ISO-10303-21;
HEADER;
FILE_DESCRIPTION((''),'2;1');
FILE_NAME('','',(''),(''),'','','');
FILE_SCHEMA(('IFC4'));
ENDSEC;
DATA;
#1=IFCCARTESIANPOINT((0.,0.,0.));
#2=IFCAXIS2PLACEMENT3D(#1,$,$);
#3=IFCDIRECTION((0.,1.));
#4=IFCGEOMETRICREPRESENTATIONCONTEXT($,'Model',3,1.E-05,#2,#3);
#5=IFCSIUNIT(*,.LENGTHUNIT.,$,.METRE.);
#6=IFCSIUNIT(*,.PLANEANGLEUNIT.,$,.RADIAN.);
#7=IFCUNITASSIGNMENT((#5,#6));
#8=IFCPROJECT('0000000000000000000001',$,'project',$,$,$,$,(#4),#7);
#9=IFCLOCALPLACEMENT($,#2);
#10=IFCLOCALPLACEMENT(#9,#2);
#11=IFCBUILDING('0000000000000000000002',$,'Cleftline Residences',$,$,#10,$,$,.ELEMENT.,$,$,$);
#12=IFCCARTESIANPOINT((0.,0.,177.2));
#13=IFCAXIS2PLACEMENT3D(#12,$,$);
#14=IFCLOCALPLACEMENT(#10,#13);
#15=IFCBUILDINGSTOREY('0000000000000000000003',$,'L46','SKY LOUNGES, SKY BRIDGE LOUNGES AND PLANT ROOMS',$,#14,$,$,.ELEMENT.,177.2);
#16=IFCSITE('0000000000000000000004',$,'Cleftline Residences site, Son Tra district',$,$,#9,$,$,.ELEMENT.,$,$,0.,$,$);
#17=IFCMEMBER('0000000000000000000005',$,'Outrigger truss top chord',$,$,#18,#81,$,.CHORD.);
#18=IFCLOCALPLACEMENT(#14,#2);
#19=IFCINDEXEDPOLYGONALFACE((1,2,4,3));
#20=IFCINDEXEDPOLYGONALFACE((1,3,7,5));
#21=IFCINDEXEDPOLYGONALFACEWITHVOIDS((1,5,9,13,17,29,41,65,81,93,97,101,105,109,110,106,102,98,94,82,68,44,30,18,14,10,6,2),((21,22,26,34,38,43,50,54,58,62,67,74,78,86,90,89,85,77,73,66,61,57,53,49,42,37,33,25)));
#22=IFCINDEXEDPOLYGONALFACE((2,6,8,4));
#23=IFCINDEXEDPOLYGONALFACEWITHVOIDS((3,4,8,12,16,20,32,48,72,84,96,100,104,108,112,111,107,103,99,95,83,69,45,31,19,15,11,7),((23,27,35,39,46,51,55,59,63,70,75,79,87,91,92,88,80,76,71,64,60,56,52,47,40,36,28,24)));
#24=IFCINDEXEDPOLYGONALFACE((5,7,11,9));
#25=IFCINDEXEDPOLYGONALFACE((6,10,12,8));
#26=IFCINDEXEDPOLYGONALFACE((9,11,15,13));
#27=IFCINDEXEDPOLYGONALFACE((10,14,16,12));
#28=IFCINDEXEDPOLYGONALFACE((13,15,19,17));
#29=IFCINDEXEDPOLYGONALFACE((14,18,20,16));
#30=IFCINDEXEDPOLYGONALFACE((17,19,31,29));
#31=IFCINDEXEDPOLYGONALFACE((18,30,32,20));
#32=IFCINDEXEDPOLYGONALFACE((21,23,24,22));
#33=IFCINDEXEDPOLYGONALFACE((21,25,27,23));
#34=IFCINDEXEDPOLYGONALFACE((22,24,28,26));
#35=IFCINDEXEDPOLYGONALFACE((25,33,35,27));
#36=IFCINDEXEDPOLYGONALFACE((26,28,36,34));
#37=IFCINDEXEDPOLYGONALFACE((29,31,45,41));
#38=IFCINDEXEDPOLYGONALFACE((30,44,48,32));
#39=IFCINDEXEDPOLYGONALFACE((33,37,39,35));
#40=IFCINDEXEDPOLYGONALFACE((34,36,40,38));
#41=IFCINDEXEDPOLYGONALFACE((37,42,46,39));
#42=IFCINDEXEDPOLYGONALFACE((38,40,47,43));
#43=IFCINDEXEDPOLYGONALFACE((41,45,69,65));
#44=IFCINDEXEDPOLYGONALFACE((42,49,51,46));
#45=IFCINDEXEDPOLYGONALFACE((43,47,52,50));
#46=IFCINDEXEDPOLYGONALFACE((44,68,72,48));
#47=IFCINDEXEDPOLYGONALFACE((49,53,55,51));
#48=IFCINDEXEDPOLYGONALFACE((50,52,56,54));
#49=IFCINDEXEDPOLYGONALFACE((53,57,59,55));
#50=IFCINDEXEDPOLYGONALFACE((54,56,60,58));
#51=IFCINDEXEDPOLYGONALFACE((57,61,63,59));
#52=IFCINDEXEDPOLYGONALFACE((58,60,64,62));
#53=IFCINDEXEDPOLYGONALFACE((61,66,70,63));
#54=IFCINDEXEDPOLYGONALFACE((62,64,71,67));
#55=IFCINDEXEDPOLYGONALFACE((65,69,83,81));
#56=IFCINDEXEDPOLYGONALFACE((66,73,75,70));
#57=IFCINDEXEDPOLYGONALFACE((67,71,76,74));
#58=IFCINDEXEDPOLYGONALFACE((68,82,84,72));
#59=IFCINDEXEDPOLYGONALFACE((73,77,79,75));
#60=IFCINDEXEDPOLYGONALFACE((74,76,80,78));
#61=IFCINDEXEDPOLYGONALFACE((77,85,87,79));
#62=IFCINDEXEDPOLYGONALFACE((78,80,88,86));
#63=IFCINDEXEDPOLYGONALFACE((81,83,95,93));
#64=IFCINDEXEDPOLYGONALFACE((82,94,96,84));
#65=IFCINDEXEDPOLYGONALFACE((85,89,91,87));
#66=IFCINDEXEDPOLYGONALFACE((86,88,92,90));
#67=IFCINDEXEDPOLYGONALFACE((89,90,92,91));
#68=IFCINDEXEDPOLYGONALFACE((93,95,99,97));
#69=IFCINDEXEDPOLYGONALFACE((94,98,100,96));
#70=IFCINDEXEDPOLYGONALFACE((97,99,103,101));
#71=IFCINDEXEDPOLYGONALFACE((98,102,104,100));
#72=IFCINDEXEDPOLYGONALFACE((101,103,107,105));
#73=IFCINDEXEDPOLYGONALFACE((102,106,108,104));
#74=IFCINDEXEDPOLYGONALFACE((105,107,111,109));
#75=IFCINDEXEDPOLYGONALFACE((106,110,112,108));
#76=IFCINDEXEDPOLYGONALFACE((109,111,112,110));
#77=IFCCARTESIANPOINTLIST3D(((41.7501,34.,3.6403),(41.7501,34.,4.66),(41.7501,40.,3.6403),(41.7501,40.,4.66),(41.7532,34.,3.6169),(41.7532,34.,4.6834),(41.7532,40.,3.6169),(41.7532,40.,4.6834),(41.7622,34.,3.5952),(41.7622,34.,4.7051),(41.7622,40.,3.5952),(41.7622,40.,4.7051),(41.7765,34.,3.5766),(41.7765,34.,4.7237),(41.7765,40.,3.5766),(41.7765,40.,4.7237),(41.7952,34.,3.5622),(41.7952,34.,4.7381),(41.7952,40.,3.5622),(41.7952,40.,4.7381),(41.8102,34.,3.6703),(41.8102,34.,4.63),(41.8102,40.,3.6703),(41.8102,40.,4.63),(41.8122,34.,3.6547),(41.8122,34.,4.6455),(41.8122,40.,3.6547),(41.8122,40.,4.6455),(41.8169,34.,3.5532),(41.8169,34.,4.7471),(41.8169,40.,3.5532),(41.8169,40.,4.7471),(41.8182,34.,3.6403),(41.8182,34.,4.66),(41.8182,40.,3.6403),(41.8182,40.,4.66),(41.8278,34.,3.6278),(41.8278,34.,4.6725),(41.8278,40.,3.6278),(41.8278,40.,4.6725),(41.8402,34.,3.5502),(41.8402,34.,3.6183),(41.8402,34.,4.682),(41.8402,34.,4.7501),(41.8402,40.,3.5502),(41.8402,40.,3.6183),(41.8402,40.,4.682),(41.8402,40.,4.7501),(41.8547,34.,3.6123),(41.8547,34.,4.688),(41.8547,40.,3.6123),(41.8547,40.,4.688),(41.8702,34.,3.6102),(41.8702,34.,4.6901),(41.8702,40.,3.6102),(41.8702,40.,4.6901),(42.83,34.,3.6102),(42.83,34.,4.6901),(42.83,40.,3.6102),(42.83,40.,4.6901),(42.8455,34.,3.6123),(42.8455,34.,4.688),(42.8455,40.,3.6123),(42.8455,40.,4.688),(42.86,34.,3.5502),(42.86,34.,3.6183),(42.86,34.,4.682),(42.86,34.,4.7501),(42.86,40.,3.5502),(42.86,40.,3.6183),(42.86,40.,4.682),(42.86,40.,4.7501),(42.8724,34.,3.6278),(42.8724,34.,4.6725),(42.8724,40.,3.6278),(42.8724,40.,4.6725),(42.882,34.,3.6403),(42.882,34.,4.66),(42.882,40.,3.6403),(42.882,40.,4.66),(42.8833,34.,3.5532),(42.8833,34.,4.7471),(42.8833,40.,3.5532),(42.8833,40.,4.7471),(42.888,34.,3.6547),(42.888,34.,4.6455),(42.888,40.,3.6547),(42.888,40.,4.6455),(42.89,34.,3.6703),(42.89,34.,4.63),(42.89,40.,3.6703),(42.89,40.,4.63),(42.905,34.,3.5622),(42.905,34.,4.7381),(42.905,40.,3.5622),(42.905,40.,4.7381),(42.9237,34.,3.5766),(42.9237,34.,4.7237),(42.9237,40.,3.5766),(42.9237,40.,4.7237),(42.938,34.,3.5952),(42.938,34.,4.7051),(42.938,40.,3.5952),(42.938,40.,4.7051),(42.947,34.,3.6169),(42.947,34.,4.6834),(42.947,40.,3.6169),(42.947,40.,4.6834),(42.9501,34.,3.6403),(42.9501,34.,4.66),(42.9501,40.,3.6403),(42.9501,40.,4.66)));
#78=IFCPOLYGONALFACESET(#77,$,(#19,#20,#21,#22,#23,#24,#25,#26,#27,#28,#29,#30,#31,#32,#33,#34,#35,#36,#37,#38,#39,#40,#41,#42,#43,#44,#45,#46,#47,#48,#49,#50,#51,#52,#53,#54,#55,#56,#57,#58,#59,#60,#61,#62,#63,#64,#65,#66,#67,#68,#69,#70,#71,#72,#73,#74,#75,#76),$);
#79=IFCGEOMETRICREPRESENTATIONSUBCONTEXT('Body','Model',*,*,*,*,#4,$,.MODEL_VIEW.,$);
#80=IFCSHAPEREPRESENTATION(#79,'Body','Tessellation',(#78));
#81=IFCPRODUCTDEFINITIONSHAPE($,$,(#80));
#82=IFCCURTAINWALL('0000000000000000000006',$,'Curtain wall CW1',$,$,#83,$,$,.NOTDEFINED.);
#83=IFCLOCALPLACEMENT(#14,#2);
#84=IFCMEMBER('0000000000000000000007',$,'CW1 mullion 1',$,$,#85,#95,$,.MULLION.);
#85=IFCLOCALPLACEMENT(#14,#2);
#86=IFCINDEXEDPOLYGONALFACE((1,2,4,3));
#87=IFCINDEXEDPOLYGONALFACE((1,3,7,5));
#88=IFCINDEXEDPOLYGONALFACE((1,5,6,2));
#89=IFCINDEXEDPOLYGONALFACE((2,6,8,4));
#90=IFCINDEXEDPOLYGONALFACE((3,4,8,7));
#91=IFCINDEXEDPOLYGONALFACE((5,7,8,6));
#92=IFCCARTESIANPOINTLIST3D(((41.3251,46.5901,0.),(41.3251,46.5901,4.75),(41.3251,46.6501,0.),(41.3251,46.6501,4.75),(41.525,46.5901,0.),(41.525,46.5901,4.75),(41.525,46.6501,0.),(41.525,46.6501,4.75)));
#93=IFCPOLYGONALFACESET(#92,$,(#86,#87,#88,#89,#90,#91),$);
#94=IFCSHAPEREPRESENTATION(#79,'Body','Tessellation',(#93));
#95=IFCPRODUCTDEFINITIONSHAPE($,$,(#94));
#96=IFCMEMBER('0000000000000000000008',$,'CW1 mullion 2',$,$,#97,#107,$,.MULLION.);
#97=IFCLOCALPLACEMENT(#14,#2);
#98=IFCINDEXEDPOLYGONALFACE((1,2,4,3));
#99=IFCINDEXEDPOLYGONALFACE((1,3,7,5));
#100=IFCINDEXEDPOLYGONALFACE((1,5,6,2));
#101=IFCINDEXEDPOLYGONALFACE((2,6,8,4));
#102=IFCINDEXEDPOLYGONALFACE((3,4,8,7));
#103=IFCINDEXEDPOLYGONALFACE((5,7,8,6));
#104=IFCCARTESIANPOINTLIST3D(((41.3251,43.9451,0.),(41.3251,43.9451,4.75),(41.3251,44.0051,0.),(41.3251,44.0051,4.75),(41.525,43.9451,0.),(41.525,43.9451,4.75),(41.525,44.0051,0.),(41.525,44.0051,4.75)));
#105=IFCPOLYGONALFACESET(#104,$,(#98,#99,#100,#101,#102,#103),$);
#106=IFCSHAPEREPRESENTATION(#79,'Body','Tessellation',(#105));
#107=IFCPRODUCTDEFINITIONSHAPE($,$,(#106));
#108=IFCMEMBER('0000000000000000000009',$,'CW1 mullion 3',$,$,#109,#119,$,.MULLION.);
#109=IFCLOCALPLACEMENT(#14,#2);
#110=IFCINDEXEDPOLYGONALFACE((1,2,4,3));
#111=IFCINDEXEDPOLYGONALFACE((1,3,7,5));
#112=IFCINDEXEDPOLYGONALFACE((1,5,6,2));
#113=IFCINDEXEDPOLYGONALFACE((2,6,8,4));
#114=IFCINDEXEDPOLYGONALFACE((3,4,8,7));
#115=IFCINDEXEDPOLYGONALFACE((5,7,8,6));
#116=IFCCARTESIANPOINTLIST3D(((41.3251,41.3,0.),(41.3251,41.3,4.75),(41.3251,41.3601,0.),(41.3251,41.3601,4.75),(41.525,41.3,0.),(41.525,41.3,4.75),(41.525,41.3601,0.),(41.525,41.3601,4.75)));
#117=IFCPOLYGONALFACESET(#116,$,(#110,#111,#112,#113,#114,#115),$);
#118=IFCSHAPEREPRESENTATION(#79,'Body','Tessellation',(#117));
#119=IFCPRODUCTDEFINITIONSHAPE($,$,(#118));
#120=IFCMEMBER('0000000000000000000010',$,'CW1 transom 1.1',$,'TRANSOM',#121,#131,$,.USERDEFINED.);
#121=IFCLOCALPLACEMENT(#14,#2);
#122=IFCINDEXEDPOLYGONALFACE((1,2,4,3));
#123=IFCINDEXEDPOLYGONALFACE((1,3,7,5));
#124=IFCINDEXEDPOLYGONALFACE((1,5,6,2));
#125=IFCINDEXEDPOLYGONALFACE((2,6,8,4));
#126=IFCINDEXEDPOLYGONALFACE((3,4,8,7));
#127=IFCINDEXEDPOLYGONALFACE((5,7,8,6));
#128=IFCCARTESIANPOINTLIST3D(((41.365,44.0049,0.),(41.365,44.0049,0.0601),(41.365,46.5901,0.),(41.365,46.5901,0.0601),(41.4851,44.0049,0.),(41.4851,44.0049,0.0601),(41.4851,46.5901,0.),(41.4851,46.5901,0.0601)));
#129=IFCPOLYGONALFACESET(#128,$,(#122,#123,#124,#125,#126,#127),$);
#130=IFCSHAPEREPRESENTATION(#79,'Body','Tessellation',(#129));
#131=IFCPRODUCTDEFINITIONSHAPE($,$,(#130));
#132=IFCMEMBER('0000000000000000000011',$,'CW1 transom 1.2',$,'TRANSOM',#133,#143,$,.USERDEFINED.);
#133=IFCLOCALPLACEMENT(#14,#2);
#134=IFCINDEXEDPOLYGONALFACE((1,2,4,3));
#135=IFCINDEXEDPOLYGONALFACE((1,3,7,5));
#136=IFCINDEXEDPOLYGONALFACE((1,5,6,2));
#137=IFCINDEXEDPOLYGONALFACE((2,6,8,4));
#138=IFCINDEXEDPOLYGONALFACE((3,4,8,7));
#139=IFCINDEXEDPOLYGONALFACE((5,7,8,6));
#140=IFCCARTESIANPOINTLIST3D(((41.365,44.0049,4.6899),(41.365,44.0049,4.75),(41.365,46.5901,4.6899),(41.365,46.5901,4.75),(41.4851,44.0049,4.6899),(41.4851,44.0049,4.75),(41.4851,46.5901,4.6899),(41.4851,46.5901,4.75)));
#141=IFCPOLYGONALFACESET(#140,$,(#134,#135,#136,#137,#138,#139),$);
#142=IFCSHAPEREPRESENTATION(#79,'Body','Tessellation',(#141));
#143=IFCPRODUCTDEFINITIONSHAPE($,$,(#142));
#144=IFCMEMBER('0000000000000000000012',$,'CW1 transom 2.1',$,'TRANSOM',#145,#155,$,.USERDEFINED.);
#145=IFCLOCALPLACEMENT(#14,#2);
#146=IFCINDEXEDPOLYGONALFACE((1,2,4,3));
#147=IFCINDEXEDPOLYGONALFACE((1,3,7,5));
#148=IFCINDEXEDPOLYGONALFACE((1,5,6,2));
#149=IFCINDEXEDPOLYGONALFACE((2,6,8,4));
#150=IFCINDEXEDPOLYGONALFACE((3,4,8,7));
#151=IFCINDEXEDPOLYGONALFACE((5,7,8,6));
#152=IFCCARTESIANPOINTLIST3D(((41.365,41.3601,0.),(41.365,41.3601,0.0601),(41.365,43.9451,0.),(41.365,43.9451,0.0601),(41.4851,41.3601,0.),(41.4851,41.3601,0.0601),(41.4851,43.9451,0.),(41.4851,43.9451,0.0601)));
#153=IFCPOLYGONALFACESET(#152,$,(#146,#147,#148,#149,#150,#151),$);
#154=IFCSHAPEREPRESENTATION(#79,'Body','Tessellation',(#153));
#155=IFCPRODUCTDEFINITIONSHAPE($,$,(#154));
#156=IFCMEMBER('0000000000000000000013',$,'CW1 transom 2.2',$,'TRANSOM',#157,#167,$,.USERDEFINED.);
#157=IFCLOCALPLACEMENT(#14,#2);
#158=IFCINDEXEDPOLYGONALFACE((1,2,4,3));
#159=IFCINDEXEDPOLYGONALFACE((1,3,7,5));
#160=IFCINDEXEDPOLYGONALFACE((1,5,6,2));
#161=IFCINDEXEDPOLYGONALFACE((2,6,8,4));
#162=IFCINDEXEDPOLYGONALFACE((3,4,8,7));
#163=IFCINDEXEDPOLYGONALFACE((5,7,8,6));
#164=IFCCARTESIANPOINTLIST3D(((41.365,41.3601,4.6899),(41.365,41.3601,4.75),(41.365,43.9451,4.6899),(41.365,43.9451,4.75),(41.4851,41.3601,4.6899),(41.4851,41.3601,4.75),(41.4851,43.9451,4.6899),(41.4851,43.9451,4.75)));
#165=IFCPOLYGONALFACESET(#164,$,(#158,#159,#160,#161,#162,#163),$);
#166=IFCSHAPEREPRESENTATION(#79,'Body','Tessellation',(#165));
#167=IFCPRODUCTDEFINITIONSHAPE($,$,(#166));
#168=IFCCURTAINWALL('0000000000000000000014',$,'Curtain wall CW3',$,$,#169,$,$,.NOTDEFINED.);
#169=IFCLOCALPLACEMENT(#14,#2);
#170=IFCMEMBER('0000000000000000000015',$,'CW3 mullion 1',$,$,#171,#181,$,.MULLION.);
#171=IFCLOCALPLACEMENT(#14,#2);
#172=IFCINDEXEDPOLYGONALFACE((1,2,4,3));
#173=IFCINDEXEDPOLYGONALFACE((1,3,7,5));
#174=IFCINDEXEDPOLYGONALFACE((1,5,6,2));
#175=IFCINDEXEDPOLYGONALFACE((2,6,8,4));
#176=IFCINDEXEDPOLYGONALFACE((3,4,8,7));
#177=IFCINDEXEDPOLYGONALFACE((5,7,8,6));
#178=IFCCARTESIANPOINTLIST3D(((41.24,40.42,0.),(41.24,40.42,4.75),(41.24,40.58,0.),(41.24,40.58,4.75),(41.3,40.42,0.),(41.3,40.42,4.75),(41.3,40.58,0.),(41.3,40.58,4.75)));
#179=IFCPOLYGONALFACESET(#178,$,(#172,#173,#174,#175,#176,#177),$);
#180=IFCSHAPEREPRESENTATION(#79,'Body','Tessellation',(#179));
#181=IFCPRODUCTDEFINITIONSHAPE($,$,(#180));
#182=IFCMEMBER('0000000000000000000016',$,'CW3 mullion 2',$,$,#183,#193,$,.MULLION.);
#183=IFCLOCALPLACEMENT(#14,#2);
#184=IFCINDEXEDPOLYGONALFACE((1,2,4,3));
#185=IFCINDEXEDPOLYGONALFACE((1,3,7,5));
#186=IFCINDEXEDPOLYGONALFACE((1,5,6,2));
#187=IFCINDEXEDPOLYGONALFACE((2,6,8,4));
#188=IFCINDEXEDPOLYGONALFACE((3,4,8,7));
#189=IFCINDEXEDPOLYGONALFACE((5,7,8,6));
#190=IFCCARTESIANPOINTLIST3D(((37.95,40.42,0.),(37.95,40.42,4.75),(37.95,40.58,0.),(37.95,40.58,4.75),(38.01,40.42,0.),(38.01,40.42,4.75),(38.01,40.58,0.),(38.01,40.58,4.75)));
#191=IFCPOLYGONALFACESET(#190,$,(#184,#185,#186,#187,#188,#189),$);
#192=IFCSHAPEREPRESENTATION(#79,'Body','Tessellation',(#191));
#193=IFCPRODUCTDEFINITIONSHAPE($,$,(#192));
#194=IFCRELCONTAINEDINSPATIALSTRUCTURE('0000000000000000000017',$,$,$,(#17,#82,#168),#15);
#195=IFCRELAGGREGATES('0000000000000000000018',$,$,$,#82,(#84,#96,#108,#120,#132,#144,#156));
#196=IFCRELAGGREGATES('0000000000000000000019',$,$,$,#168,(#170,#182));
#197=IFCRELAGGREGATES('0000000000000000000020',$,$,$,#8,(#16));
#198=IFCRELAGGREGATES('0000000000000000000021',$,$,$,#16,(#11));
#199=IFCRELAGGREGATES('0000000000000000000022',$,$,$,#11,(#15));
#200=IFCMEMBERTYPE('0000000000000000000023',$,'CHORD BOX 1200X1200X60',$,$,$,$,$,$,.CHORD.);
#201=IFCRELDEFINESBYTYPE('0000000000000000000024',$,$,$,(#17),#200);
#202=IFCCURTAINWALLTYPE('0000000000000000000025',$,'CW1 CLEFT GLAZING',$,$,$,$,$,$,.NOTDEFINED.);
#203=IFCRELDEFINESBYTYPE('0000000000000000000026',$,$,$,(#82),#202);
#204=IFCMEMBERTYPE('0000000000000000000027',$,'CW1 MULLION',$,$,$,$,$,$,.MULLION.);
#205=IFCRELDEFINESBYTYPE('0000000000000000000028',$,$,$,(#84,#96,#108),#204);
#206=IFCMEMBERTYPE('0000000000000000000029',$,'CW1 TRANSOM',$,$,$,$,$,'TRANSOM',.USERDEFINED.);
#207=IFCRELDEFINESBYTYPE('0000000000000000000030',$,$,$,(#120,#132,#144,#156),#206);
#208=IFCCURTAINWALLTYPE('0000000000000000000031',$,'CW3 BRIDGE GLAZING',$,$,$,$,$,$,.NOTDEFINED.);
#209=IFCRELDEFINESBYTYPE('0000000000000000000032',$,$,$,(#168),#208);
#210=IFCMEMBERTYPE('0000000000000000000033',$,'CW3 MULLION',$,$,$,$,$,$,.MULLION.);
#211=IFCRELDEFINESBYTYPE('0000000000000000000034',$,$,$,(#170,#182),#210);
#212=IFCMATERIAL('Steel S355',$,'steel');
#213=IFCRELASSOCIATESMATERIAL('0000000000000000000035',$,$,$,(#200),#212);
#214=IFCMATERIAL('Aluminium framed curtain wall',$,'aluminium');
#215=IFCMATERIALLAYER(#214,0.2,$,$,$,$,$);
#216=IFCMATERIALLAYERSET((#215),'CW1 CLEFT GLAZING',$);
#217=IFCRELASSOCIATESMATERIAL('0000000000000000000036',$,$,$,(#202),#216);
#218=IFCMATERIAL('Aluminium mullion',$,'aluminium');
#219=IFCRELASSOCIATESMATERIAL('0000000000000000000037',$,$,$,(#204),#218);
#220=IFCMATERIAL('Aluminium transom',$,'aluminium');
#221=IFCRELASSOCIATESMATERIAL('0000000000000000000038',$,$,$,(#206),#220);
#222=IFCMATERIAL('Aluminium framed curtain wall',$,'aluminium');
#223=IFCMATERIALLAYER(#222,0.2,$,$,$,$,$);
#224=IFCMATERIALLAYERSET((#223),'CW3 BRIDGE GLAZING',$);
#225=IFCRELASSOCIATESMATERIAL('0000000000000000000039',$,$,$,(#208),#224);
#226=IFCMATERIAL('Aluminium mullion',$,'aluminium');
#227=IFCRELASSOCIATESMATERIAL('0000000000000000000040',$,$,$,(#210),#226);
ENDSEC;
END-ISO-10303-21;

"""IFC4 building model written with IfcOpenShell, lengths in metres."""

from ifc_helpers import new_model, si_unit, direction, frame, origin, origin_2d, place, context, subcontext, project, spatial, rectangle, hollow_rectangle, extrude, material, layer, layer_set, material_profile, profile_set, type_object, element, aggregate, save


model = new_model("IFC4")

# Units and contexts
model_context = context("Model", 3, precision=1e-05, world=origin(), true_north=direction((0.0, 1.0)))
body_context = subcontext(model_context, "Body", "Model", "MODEL_VIEW")
ifc_project = project(units=[si_unit("LENGTHUNIT", "METRE"), si_unit("PLANEANGLEUNIT", "RADIAN")], contexts=[model_context])

# Site, building, storey
site_placement = place(None, origin())
site = spatial("IfcSite", under=ifc_project, at=site_placement, Name="Cleftline Residences site, Son Tra district", CompositionType="ELEMENT", RefElevation=0.0)
building_placement = place(site_placement, origin())
building = spatial("IfcBuilding", under=site, at=building_placement, Name="Cleftline Residences", CompositionType="ELEMENT")
storey_placement = place(building_placement, frame((0.0, 0.0, 177.2)))
storey = spatial("IfcBuildingStorey", under=building, at=storey_placement, Name="L46", Description="SKY LOUNGES, SKY BRIDGE LOUNGES AND PLANT ROOMS", CompositionType="ELEMENT", Elevation=177.2)

# Member
ifc_material_1 = material(Name="Steel S355", Category="steel")
ifc_material_profile_1 = material_profile(ifc_material_1, hollow_rectangle(XDim=1.2, YDim=1.2, WallThickness=0.0601, InnerFilletRadius=0.0601, OuterFilletRadius=0.0901, at=origin_2d()))
ifc_profile_set_1 = profile_set([ifc_material_profile_1], Name="Steel S355")
member_type_1 = type_object("IfcMemberType", Name="CHORD BOX 1200X1200X60", PredefinedType="CHORD", material=ifc_profile_set_1)
member_1_placement = place(storey_placement, frame((42.3501, 40.0, 4.1501), z_axis=(0.0, -1.0, 0.0), x_axis=(1.0, 0.0, 0.0)))
element("IfcMember", 1, at=member_1_placement, inside=storey, type_object=member_type_1, Name="Outrigger truss top chord", PredefinedType="CHORD", context=body_context, shape_type="SweptSolid", body=[
    extrude(hollow_rectangle(XDim=1.2, YDim=1.2, WallThickness=0.0601, InnerFilletRadius=0.0601, OuterFilletRadius=0.0901, at=origin_2d()), origin(), (0.0, 0.0, 1.0), 6.0),
])

# Curtain walls, members
ifc_material_2 = material(Name="Aluminium framed curtain wall", Category="aluminium")
ifc_layer_1 = layer(ifc_material_2, 0.2)
ifc_layer_set_1 = layer_set([ifc_layer_1], Name="CW1 CLEFT GLAZING")
curtain_wall_type_1 = type_object("IfcCurtainWallType", Name="CW1 CLEFT GLAZING", PredefinedType="NOTDEFINED", material=ifc_layer_set_1)
curtain_wall_1_placement = place(storey_placement, origin())
curtain_wall_1 = element("IfcCurtainWall", 2, at=curtain_wall_1_placement, inside=storey, type_object=curtain_wall_type_1, Name="Curtain wall CW1", PredefinedType="NOTDEFINED")
ifc_material_3 = material(Name="Aluminium mullion", Category="aluminium")
ifc_material_profile_2 = material_profile(ifc_material_3, rectangle(XDim=0.2, YDim=0.0601, at=origin_2d()))
ifc_profile_set_2 = profile_set([ifc_material_profile_2], Name="Aluminium mullion")
member_type_2 = type_object("IfcMemberType", Name="CW1 MULLION", PredefinedType="MULLION", material=ifc_profile_set_2)
member_2_placement = place(storey_placement, frame((41.425, 46.6201, 0.0), z_axis=(0.0, 0.0, 1.0), x_axis=(1.0, 0.0, 0.0)))
member_2 = element("IfcMember", 3, at=member_2_placement, type_object=member_type_2, Name="CW1 mullion 1", PredefinedType="MULLION", context=body_context, shape_type="SweptSolid", body=[
    extrude(rectangle(XDim=0.2, YDim=0.0601, at=origin_2d()), origin(), (0.0, 0.0, 1.0), 4.75),
])
member_3_placement = place(storey_placement, frame((41.425, 43.9751, 0.0), z_axis=(0.0, 0.0, 1.0), x_axis=(1.0, 0.0, 0.0)))
member_3 = element("IfcMember", 4, at=member_3_placement, type_object=member_type_2, Name="CW1 mullion 2", PredefinedType="MULLION", context=body_context, shape_type="SweptSolid", body=[
    extrude(rectangle(XDim=0.2, YDim=0.0601, at=origin_2d()), origin(), (0.0, 0.0, 1.0), 4.75),
])
member_4_placement = place(storey_placement, frame((41.425, 41.3301, 0.0), z_axis=(0.0, 0.0, 1.0), x_axis=(1.0, 0.0, 0.0)))
member_4 = element("IfcMember", 5, at=member_4_placement, type_object=member_type_2, Name="CW1 mullion 3", PredefinedType="MULLION", context=body_context, shape_type="SweptSolid", body=[
    extrude(rectangle(XDim=0.2, YDim=0.0601, at=origin_2d()), origin(), (0.0, 0.0, 1.0), 4.75),
])
ifc_material_4 = material(Name="Aluminium transom", Category="aluminium")
ifc_material_profile_3 = material_profile(ifc_material_4, rectangle(XDim=0.1201, YDim=0.0601, at=origin_2d()))
ifc_profile_set_3 = profile_set([ifc_material_profile_3], Name="Aluminium transom")
member_type_3 = type_object("IfcMemberType", Name="CW1 TRANSOM", ElementType="TRANSOM", PredefinedType="USERDEFINED", material=ifc_profile_set_3)
member_5_placement = place(storey_placement, frame((41.425, 46.5901, 0.03), z_axis=(0.0, -1.0, 0.0), x_axis=(1.0, 0.0, 0.0)))
member_5 = element("IfcMember", 6, at=member_5_placement, type_object=member_type_3, Name="CW1 transom 1.1", ObjectType="TRANSOM", PredefinedType="USERDEFINED", context=body_context, shape_type="SweptSolid", body=[
    extrude(rectangle(XDim=0.1201, YDim=0.0601, at=origin_2d()), origin(), (0.0, 0.0, 1.0), 2.5852),
])
member_6_placement = place(storey_placement, frame((41.425, 46.5901, 4.72), z_axis=(0.0, -1.0, 0.0), x_axis=(1.0, 0.0, 0.0)))
member_6 = element("IfcMember", 7, at=member_6_placement, type_object=member_type_3, Name="CW1 transom 1.2", ObjectType="TRANSOM", PredefinedType="USERDEFINED", context=body_context, shape_type="SweptSolid", body=[
    extrude(rectangle(XDim=0.1201, YDim=0.0601, at=origin_2d()), origin(), (0.0, 0.0, 1.0), 2.5852),
])
member_7_placement = place(storey_placement, frame((41.425, 43.9451, 0.03), z_axis=(0.0, -1.0, 0.0), x_axis=(1.0, 0.0, 0.0)))
member_7 = element("IfcMember", 8, at=member_7_placement, type_object=member_type_3, Name="CW1 transom 2.1", ObjectType="TRANSOM", PredefinedType="USERDEFINED", context=body_context, shape_type="SweptSolid", body=[
    extrude(rectangle(XDim=0.1201, YDim=0.0601, at=origin_2d()), origin(), (0.0, 0.0, 1.0), 2.585),
])
member_8_placement = place(storey_placement, frame((41.425, 43.9451, 4.72), z_axis=(0.0, -1.0, 0.0), x_axis=(1.0, 0.0, 0.0)))
member_8 = element("IfcMember", 9, at=member_8_placement, type_object=member_type_3, Name="CW1 transom 2.2", ObjectType="TRANSOM", PredefinedType="USERDEFINED", context=body_context, shape_type="SweptSolid", body=[
    extrude(rectangle(XDim=0.1201, YDim=0.0601, at=origin_2d()), origin(), (0.0, 0.0, 1.0), 2.585),
])
ifc_material_5 = material(Name="Aluminium framed curtain wall", Category="aluminium")
ifc_layer_2 = layer(ifc_material_5, 0.2)
ifc_layer_set_2 = layer_set([ifc_layer_2], Name="CW3 BRIDGE GLAZING")
curtain_wall_type_2 = type_object("IfcCurtainWallType", Name="CW3 BRIDGE GLAZING", PredefinedType="NOTDEFINED", material=ifc_layer_set_2)
curtain_wall_2_placement = place(storey_placement, origin())
curtain_wall_2 = element("IfcCurtainWall", 10, at=curtain_wall_2_placement, inside=storey, type_object=curtain_wall_type_2, Name="Curtain wall CW3", PredefinedType="NOTDEFINED")
ifc_material_6 = material(Name="Aluminium mullion", Category="aluminium")
ifc_material_profile_4 = material_profile(ifc_material_6, rectangle(XDim=0.1599, YDim=0.0601, at=origin_2d()))
ifc_profile_set_4 = profile_set([ifc_material_profile_4], Name="Aluminium mullion")
member_type_4 = type_object("IfcMemberType", Name="CW3 MULLION", PredefinedType="MULLION", material=ifc_profile_set_4)
member_9_placement = place(storey_placement, frame((41.27, 40.5, 0.0), z_axis=(0.0, 0.0, 1.0), x_axis=(0.0, -1.0, 0.0)))
member_9 = element("IfcMember", 11, at=member_9_placement, type_object=member_type_4, Name="CW3 mullion 1", PredefinedType="MULLION", context=body_context, shape_type="SweptSolid", body=[
    extrude(rectangle(XDim=0.1599, YDim=0.0601, at=origin_2d()), origin(), (0.0, 0.0, 1.0), 4.75),
])
member_10_placement = place(storey_placement, frame((37.98, 40.5, 0.0), z_axis=(0.0, 0.0, 1.0), x_axis=(0.0, -1.0, 0.0)))
member_10 = element("IfcMember", 12, at=member_10_placement, type_object=member_type_4, Name="CW3 mullion 2", PredefinedType="MULLION", context=body_context, shape_type="SweptSolid", body=[
    extrude(rectangle(XDim=0.1599, YDim=0.0601, at=origin_2d()), origin(), (0.0, 0.0, 1.0), 4.75),
])

aggregate(curtain_wall_1, [member_2, member_3, member_4, member_5, member_6, member_7, member_8])
aggregate(curtain_wall_2, [member_9, member_10])

save(model, "model.ifc")
